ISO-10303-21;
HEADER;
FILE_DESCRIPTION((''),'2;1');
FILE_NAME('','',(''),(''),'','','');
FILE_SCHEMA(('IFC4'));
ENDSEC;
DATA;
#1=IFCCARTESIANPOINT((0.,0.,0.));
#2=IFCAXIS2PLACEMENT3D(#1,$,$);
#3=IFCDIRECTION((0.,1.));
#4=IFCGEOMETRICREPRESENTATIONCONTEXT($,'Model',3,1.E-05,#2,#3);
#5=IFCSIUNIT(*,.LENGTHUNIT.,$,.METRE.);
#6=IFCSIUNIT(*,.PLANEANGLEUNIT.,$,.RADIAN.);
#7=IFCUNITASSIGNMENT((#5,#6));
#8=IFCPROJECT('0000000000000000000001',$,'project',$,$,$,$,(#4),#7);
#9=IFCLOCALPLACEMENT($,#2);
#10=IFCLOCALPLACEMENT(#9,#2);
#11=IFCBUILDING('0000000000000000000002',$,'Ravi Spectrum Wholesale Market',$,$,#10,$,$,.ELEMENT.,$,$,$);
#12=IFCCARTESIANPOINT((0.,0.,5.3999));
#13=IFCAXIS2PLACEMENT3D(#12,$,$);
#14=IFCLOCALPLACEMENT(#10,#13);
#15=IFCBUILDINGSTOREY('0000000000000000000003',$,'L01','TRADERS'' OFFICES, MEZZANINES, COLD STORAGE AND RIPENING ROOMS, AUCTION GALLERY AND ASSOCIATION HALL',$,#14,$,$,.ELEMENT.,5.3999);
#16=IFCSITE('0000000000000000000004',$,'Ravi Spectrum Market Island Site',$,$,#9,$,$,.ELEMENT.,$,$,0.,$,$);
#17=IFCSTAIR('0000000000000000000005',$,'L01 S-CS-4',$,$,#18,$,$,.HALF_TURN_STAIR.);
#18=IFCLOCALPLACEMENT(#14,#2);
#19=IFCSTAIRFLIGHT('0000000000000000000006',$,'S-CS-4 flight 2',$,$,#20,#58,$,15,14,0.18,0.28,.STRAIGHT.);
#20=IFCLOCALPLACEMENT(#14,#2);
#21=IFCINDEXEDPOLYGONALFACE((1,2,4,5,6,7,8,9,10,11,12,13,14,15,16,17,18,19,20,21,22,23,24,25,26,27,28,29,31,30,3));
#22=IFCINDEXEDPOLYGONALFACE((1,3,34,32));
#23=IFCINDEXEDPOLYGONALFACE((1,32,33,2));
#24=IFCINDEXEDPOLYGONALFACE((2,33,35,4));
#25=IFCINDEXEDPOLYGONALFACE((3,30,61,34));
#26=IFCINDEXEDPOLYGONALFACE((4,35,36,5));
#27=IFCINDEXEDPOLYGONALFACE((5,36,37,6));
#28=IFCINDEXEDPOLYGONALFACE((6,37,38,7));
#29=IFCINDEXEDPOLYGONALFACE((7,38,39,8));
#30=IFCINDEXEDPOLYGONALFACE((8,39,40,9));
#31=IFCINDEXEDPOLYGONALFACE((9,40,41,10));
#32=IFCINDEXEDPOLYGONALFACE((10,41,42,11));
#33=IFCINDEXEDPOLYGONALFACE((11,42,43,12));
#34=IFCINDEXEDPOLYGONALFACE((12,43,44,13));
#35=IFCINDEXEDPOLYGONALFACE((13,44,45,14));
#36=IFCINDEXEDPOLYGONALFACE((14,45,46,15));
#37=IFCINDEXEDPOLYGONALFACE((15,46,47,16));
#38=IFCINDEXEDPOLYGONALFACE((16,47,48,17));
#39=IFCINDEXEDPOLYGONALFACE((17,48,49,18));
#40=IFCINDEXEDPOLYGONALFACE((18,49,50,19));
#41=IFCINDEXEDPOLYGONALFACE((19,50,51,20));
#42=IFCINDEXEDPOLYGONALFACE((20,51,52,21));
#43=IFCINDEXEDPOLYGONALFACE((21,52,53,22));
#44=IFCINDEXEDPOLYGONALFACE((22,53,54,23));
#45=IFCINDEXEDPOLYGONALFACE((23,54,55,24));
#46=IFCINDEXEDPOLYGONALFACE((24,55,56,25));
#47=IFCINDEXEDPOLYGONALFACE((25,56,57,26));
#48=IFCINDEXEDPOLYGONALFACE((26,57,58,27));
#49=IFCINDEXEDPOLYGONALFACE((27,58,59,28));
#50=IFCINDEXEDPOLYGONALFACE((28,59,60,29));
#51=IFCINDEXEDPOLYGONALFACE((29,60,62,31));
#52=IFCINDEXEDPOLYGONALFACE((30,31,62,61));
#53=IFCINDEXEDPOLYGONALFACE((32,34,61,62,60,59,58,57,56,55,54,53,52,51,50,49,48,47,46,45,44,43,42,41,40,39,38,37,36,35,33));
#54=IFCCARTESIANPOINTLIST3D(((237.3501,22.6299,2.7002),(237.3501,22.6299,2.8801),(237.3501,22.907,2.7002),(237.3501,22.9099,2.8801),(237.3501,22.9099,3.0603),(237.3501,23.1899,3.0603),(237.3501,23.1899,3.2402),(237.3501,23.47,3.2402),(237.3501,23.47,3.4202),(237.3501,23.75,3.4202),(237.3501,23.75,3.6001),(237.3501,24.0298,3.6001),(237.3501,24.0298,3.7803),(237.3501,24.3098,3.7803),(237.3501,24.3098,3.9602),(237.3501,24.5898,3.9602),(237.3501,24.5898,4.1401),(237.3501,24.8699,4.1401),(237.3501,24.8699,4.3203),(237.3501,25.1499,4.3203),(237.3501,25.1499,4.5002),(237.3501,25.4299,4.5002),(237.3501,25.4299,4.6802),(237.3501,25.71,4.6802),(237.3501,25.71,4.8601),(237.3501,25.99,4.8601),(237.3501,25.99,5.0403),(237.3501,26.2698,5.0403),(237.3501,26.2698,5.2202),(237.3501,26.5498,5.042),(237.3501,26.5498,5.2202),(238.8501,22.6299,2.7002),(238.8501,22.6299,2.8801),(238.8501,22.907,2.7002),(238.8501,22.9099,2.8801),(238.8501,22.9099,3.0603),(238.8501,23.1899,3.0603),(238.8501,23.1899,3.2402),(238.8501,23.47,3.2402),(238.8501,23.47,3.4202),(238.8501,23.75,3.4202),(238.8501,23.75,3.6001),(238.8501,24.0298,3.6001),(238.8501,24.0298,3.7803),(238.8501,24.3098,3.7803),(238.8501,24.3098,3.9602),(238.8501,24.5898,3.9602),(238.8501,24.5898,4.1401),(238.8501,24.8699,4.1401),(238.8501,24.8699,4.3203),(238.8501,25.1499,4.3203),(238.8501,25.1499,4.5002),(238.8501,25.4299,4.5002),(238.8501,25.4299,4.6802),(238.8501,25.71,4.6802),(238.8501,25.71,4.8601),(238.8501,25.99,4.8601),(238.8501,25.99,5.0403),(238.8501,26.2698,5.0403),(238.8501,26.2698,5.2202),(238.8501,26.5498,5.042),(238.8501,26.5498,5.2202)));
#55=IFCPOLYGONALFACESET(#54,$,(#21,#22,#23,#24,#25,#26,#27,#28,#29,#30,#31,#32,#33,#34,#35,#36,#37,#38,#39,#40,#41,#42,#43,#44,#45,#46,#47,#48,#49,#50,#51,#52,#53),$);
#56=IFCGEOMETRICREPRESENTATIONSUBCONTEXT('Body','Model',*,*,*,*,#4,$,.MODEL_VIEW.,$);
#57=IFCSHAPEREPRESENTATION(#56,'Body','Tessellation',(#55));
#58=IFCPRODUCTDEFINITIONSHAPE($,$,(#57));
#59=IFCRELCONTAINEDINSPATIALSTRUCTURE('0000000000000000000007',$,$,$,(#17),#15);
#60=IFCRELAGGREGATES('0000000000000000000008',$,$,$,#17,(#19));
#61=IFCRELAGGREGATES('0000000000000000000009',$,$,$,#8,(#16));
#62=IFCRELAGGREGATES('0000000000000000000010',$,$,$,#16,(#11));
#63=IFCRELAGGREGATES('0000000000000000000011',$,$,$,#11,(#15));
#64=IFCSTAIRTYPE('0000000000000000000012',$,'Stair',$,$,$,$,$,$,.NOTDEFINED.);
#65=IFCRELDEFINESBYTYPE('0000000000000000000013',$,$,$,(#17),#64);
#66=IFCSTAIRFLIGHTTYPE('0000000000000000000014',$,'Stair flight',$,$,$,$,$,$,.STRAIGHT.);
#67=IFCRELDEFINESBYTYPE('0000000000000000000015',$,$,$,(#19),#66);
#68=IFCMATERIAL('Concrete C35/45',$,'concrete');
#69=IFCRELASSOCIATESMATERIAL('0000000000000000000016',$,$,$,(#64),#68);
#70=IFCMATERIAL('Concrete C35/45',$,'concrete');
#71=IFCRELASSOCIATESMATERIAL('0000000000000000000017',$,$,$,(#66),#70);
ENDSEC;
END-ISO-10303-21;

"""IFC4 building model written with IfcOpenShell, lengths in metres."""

from ifc_helpers import new_model, si_unit, direction, frame, origin, place, context, subcontext, project, spatial, polyline, outline, extrude, material, type_object, element, aggregate, save


model = new_model("IFC4")

# Units and contexts
model_context = context("Model", 3, precision=1e-05, world=origin(), true_north=direction((0.0, 1.0)))
body_context = subcontext(model_context, "Body", "Model", "MODEL_VIEW")
ifc_project = project(units=[si_unit("LENGTHUNIT", "METRE"), si_unit("PLANEANGLEUNIT", "RADIAN")], contexts=[model_context])

# Site, building, storey
site_placement = place(None, origin())
site = spatial("IfcSite", under=ifc_project, at=site_placement, Name="Ravi Spectrum Market Island Site", CompositionType="ELEMENT", RefElevation=0.0)
building_placement = place(site_placement, origin())
building = spatial("IfcBuilding", under=site, at=building_placement, Name="Ravi Spectrum Wholesale Market", CompositionType="ELEMENT")
storey_placement = place(building_placement, frame((0.0, 0.0, 5.3999)))
storey = spatial("IfcBuildingStorey", under=building, at=storey_placement, Name="L01", Description="TRADERS' OFFICES, MEZZANINES, COLD STORAGE AND RIPENING ROOMS, AUCTION GALLERY AND ASSOCIATION HALL", CompositionType="ELEMENT", Elevation=5.3999)

# Stair, stair flight
ifc_material_1 = material(Name="Concrete C35/45", Category="concrete")
stair_type = type_object("IfcStairType", Name="Stair", PredefinedType="NOTDEFINED", material=ifc_material_1)
stair_placement = place(storey_placement, origin())
stair = element("IfcStair", 1, at=stair_placement, inside=storey, type_object=stair_type, Name="L01 S-CS-4", PredefinedType="HALF_TURN_STAIR")
ifc_material_2 = material(Name="Concrete C35/45", Category="concrete")
stair_flight_type = type_object("IfcStairFlightType", Name="Stair flight", PredefinedType="STRAIGHT", material=ifc_material_2)
stair_flight_placement = place(storey_placement, frame((238.1001, 22.6299, 2.7002), z_axis=(0.0, 0.0, 1.0), x_axis=(0.0, 1.0, 0.0)))
stair_flight = element("IfcStairFlight", 2, at=stair_flight_placement, type_object=stair_flight_type, Name="S-CS-4 flight 2", NumberOfRisers=15, NumberOfTreads=14, PredefinedType="STRAIGHT", RiserHeight=0.18, TreadLength=0.28, context=body_context, shape_type="SweptSolid", body=[
    extrude(outline(polyline([(0.0, 0.0), (0.0, 0.1799), (0.28, 0.1799), (0.28, 0.3601), (0.5601, 0.3601), (0.5601, 0.54), (0.8401, 0.54), (0.8401, 0.72), (1.1201, 0.72), (1.1201, 0.8999), (1.3999, 0.8999), (1.3999, 1.0801), (1.6799, 1.0801), (1.6799, 1.26), (1.96, 1.26), (1.96, 1.4399), (2.24, 1.4399), (2.24, 1.6201), (2.52, 1.6201), (2.52, 1.8), (2.8, 1.8), (2.8, 1.98), (3.0801, 1.98), (3.0801, 2.1599), (3.3601, 2.1599), (3.3601, 2.3401), (3.6399, 2.3401), (3.6399, 2.52), (3.9199, 2.52), (3.9199, 2.7), (3.9199, 2.3418), (0.2771, 0.0), (0.0, 0.0)])), frame((0.0, 0.75, 0.0), z_axis=(0.0, -1.0, 0.0), x_axis=(1.0, 0.0, 0.0)), (0.0, 0.0, 1.0), 1.5),
])
aggregate(stair, [stair_flight])

save(model, "model.ifc")
